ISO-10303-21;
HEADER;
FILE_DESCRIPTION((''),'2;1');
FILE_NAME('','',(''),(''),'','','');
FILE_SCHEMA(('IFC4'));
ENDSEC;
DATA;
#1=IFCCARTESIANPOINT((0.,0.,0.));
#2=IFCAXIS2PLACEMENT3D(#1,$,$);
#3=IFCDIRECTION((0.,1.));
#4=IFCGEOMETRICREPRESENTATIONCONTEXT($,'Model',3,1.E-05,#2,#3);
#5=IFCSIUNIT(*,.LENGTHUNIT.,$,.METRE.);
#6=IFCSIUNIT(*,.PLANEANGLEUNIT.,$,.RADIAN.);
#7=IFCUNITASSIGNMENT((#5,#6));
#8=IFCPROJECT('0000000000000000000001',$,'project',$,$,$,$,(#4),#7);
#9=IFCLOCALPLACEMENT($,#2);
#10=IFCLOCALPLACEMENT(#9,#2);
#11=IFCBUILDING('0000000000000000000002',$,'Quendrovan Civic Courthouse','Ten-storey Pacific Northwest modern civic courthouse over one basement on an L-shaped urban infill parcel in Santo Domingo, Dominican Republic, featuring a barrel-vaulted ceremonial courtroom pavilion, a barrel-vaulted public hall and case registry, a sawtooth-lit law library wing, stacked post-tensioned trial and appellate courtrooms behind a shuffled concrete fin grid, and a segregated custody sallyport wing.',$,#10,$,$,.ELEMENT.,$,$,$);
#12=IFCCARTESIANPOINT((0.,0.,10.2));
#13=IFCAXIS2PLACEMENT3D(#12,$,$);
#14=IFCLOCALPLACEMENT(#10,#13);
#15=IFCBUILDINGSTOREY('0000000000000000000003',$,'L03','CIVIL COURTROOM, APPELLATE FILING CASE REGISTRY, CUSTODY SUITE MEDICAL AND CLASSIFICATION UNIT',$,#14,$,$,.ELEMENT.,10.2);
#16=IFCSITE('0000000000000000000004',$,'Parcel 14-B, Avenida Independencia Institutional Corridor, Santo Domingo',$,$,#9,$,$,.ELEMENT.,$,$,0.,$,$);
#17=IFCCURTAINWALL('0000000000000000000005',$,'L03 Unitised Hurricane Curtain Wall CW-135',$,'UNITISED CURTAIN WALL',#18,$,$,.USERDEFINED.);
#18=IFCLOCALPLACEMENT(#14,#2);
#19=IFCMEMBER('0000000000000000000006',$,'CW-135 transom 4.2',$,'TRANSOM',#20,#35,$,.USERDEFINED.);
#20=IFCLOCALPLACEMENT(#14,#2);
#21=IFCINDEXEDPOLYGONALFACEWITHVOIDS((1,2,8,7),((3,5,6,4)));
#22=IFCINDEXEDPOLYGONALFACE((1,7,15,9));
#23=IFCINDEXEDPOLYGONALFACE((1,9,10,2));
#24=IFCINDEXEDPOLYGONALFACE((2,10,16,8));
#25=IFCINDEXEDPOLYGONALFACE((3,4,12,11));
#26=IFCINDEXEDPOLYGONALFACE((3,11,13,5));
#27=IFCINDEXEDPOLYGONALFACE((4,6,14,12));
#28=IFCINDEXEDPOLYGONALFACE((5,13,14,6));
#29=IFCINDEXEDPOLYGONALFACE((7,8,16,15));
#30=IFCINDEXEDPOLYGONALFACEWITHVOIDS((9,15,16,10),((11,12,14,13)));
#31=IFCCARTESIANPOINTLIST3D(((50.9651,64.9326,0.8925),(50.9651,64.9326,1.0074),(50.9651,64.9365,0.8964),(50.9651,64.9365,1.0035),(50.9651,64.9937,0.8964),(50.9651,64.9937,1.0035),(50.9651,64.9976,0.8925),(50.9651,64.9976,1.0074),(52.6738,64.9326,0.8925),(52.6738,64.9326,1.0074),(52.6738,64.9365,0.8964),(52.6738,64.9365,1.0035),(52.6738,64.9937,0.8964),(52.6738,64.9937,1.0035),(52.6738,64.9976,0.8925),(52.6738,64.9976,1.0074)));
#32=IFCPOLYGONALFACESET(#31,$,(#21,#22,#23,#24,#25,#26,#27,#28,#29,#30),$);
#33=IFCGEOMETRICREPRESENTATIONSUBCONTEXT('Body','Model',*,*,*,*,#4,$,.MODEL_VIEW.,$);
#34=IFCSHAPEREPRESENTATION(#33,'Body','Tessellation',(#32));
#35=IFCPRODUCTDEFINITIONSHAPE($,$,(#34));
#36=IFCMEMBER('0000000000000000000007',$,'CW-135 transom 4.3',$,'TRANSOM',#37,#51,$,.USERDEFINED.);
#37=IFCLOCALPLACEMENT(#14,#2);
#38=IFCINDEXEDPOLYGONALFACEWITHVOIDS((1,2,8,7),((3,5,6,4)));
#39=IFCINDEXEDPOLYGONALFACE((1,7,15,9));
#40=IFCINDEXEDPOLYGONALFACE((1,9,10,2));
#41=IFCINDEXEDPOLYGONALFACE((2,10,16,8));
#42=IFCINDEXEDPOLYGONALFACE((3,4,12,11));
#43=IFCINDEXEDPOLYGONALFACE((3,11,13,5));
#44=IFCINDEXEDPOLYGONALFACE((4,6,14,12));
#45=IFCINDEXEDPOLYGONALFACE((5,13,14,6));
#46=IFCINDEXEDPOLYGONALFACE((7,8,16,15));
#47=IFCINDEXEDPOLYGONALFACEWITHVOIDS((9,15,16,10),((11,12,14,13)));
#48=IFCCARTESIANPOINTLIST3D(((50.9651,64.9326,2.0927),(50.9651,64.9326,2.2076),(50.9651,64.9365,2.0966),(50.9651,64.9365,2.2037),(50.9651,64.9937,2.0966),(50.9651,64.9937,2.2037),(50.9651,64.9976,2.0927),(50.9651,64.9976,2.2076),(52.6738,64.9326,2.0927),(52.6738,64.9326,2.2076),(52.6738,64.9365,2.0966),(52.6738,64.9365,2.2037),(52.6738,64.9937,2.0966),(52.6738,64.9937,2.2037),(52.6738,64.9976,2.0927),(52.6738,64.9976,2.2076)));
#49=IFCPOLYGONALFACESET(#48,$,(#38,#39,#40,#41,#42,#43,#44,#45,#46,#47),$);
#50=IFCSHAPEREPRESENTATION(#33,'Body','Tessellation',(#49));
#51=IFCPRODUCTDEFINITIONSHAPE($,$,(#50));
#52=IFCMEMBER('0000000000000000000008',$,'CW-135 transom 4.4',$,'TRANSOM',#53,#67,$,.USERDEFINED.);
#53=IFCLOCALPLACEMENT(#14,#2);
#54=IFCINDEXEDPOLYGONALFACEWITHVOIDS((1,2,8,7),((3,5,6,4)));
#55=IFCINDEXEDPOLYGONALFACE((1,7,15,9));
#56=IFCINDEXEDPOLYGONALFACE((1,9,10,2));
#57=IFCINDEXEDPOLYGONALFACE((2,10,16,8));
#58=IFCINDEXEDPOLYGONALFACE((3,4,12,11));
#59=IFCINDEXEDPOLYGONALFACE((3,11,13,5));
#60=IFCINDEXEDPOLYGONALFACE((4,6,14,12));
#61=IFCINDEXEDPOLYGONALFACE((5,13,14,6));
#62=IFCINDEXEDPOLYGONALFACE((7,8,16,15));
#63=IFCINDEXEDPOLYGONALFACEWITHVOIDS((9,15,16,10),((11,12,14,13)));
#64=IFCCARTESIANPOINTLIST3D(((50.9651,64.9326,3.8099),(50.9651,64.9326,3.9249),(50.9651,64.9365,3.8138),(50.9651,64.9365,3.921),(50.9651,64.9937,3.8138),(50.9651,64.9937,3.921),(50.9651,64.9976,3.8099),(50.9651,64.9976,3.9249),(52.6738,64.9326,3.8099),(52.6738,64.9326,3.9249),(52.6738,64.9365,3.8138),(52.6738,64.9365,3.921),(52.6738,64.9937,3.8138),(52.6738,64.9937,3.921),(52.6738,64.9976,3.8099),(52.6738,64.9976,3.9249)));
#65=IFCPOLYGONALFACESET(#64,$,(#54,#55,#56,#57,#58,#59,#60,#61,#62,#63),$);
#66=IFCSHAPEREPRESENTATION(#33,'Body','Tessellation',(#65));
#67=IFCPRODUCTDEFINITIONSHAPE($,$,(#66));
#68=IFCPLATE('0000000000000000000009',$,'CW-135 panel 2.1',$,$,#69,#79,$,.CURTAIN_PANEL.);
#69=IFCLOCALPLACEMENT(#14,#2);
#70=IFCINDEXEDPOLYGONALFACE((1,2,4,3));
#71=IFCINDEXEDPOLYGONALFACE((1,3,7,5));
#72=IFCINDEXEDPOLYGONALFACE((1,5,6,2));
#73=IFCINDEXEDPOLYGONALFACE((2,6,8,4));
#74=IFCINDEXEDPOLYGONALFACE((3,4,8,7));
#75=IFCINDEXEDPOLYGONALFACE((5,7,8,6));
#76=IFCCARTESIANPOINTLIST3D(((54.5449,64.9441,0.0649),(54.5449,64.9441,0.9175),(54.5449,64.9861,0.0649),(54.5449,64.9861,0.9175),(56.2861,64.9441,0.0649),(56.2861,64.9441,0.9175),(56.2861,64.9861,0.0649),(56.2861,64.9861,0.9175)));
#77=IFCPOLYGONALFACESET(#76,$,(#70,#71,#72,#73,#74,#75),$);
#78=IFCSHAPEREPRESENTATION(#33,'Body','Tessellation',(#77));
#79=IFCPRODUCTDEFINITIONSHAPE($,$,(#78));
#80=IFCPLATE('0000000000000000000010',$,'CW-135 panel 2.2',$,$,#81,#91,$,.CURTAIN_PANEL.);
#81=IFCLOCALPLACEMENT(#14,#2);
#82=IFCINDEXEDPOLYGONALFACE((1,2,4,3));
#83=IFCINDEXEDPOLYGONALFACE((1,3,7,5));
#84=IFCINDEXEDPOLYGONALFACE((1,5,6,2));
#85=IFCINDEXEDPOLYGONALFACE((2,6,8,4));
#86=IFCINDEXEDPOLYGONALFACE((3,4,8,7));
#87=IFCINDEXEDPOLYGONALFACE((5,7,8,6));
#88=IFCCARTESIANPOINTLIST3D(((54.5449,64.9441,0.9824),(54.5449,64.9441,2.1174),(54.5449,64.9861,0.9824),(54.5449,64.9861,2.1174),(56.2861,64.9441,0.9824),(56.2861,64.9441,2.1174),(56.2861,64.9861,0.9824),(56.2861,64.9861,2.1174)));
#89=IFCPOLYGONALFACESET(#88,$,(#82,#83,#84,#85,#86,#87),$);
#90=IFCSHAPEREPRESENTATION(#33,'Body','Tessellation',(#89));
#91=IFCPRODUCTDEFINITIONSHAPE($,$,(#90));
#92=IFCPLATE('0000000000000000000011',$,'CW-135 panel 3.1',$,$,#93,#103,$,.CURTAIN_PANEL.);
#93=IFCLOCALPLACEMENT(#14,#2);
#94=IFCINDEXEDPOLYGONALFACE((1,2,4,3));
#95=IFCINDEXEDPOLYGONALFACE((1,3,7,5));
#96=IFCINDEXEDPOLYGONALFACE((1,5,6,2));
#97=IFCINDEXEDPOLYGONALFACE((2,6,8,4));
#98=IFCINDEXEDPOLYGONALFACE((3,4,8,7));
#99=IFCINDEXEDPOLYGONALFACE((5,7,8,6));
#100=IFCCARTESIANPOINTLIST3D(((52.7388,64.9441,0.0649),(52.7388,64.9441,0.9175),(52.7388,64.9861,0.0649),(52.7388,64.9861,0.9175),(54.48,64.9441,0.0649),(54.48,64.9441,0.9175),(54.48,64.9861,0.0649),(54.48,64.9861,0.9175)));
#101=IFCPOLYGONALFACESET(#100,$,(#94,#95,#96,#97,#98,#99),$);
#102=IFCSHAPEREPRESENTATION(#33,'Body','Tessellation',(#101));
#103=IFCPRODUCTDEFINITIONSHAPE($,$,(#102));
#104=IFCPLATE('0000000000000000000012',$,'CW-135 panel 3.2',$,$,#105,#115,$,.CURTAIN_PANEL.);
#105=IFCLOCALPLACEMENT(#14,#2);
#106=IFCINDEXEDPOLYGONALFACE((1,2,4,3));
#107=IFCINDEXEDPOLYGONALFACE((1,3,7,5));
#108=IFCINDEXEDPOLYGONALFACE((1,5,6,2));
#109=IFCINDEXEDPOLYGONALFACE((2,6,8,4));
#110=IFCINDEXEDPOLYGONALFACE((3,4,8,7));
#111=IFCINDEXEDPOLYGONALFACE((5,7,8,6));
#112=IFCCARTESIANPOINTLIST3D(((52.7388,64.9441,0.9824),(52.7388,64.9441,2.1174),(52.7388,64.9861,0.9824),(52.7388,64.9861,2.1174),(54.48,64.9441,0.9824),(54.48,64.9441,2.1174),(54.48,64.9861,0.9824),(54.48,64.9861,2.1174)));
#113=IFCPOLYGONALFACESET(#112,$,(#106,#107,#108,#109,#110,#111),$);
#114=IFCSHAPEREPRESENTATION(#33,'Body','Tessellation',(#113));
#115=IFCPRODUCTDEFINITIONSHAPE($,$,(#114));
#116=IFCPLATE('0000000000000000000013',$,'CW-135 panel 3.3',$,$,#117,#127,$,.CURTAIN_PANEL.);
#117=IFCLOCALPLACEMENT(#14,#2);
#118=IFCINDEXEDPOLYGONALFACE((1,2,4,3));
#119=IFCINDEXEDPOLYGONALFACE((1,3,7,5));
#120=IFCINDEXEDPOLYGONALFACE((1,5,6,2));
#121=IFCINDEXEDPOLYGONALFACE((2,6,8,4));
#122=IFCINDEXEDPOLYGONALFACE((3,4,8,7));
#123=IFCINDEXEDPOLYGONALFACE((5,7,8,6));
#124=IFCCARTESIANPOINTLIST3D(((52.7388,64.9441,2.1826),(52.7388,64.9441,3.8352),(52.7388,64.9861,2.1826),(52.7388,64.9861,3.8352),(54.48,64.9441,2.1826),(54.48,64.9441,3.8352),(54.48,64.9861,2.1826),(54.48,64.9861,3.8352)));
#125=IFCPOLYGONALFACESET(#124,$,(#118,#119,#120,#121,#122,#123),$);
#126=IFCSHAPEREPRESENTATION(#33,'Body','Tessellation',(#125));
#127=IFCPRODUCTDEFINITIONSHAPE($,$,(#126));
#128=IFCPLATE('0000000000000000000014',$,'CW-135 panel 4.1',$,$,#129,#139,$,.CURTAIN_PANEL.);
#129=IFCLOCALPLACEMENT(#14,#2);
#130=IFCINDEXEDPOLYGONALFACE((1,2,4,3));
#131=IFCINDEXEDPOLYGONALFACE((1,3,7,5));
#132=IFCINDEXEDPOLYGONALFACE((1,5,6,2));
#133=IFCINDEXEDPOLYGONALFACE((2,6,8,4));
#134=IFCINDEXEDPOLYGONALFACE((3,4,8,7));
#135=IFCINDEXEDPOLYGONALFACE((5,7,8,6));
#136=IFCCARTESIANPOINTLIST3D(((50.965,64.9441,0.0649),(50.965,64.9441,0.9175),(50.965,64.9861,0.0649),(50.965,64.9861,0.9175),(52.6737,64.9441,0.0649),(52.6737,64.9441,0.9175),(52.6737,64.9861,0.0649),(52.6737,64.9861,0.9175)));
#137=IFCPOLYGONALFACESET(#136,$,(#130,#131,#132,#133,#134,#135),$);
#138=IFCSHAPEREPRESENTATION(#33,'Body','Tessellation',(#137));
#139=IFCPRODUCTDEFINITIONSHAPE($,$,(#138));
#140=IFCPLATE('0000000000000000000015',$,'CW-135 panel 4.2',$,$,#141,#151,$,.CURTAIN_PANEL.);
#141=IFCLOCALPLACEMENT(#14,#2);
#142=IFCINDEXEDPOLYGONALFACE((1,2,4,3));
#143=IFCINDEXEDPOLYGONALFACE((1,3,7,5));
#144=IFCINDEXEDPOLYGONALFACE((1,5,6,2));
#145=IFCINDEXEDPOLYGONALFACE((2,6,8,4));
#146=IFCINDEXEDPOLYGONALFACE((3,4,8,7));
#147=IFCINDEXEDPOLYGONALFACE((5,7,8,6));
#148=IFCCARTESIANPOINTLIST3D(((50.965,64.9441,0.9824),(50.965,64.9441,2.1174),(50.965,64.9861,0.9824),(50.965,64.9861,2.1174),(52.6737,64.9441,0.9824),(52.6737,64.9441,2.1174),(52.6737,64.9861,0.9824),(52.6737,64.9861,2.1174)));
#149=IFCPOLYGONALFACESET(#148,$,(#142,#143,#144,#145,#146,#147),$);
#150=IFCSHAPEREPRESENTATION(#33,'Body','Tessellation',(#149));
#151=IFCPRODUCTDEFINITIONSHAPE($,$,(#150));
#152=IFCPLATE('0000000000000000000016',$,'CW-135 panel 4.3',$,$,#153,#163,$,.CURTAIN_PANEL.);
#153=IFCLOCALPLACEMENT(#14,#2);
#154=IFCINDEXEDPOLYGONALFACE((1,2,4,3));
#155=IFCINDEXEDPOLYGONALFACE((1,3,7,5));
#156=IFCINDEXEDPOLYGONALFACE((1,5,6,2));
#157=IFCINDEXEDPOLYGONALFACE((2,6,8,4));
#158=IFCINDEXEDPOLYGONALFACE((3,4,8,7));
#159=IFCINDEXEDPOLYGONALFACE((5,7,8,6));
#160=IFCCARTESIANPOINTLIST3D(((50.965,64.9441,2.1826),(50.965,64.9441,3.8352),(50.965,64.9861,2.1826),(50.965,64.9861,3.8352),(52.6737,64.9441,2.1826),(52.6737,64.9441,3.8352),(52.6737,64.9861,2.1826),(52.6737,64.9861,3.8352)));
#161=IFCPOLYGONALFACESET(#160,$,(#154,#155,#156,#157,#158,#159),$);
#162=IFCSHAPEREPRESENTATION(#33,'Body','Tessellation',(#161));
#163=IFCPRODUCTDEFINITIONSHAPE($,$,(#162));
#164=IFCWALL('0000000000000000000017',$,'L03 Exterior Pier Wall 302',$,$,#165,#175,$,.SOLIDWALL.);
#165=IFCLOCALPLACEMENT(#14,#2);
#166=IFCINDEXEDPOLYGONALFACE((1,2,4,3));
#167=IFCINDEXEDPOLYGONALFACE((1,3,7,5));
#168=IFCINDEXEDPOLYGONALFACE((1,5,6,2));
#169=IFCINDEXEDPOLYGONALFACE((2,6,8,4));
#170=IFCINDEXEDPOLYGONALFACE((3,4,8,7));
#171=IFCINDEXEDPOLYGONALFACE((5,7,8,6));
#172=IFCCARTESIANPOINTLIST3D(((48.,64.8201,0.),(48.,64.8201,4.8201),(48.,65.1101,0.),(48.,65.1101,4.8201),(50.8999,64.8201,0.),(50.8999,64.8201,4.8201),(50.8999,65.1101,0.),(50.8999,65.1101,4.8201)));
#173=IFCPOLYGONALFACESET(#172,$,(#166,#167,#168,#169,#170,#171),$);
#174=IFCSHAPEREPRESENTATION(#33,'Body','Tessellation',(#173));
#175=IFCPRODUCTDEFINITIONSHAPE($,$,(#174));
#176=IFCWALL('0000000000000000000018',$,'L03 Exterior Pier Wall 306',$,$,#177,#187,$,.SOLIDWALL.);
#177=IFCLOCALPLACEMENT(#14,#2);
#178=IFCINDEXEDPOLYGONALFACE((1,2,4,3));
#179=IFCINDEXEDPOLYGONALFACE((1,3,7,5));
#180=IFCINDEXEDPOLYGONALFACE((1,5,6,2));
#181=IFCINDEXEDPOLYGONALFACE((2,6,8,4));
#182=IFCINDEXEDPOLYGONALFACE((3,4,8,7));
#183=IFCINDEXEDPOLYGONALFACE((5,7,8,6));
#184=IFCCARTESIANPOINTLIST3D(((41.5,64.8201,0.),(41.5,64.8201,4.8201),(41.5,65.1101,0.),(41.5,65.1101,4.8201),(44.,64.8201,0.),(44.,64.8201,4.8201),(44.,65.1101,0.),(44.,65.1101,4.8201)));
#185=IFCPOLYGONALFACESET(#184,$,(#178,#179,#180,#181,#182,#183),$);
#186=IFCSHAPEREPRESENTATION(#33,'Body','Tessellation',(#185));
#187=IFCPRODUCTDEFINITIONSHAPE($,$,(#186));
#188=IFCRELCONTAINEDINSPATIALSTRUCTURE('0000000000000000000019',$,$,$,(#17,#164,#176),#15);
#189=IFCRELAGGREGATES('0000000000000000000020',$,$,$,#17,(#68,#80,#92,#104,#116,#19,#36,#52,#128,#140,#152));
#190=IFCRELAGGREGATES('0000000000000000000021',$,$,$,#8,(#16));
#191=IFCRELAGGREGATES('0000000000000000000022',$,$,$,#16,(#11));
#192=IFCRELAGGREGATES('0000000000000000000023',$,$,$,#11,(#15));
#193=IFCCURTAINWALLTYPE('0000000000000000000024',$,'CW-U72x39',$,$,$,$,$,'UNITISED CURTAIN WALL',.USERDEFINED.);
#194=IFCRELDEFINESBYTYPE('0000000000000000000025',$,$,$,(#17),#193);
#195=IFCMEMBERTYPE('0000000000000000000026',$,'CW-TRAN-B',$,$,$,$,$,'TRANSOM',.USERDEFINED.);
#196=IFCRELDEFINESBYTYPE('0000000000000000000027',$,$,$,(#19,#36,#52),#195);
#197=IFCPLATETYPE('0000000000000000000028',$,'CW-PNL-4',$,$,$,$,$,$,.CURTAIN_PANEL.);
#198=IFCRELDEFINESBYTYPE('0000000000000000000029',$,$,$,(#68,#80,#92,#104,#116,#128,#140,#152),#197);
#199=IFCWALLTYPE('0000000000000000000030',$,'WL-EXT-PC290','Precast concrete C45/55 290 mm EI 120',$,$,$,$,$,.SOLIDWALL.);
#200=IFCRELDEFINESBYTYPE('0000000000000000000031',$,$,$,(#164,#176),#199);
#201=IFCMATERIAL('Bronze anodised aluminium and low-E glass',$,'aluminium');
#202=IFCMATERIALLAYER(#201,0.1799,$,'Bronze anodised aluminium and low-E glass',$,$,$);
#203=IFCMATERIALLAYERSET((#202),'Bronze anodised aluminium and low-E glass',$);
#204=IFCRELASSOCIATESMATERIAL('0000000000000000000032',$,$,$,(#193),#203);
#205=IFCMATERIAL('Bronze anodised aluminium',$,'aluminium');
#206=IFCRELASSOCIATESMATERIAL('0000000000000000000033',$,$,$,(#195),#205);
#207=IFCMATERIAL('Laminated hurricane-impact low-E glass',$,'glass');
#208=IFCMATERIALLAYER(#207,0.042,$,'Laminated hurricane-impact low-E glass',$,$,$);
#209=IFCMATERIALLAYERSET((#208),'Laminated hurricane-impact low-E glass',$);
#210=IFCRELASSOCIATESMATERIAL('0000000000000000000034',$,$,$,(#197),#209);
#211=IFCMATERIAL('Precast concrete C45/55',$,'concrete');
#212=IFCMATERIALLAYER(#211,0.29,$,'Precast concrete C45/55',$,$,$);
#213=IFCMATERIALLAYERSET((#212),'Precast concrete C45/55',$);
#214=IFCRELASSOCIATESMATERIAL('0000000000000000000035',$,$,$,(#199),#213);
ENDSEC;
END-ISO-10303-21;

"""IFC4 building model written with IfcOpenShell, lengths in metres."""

from ifc_helpers import new_model, si_unit, direction, frame, frame_2d, origin, origin_2d, place, context, subcontext, project, spatial, rectangle, hollow_rectangle, extrude, material, layer, layer_set, material_profile, profile_set, type_object, element, aggregate, save


model = new_model("IFC4")

# Units and contexts
model_context = context("Model", 3, precision=1e-05, world=origin(), true_north=direction((0.0, 1.0)))
body_context = subcontext(model_context, "Body", "Model", "MODEL_VIEW")
ifc_project = project(units=[si_unit("LENGTHUNIT", "METRE"), si_unit("PLANEANGLEUNIT", "RADIAN")], contexts=[model_context])

# Site, building, storey
site_placement = place(None, origin())
site = spatial("IfcSite", under=ifc_project, at=site_placement, Name="Parcel 14-B, Avenida Independencia Institutional Corridor, Santo Domingo", CompositionType="ELEMENT", RefElevation=0.0)
building_placement = place(site_placement, origin())
building = spatial("IfcBuilding", under=site, at=building_placement, Name="Quendrovan Civic Courthouse", Description="Ten-storey Pacific Northwest modern civic courthouse over one basement on an L-shaped urban infill parcel in Santo Domingo, Dominican Republic, featuring a barrel-vaulted ceremonial courtroom pavilion, a barrel-vaulted public hall and case registry, a sawtooth-lit law library wing, stacked post-tensioned trial and appellate courtrooms behind a shuffled concrete fin grid, and a segregated custody sallyport wing.", CompositionType="ELEMENT")
storey_placement = place(building_placement, frame((0.0, 0.0, 10.2)))
storey = spatial("IfcBuildingStorey", under=building, at=storey_placement, Name="L03", Description="CIVIL COURTROOM, APPELLATE FILING CASE REGISTRY, CUSTODY SUITE MEDICAL AND CLASSIFICATION UNIT", CompositionType="ELEMENT", Elevation=10.2)

# Curtain wall, members, plates
ifc_material_1 = material(Name="Bronze anodised aluminium and low-E glass", Category="aluminium")
ifc_layer_1 = layer(ifc_material_1, 0.1799, Name="Bronze anodised aluminium and low-E glass")
ifc_layer_set_1 = layer_set([ifc_layer_1], Name="Bronze anodised aluminium and low-E glass")
curtain_wall_type = type_object("IfcCurtainWallType", Name="CW-U72x39", ElementType="UNITISED CURTAIN WALL", PredefinedType="USERDEFINED", material=ifc_layer_set_1)
curtain_wall_placement = place(storey_placement, origin())
curtain_wall = element("IfcCurtainWall", 1, at=curtain_wall_placement, inside=storey, type_object=curtain_wall_type, Name="L03 Unitised Hurricane Curtain Wall CW-135", ObjectType="UNITISED CURTAIN WALL", PredefinedType="USERDEFINED")
ifc_material_2 = material(Name="Bronze anodised aluminium", Category="aluminium")
ifc_material_profile_1 = material_profile(ifc_material_2, hollow_rectangle(XDim=0.0649, YDim=0.115, WallThickness=0.0039, at=origin_2d()), Name="CW-TRAN-65x115")
ifc_profile_set_1 = profile_set([ifc_material_profile_1], Name="Bronze anodised aluminium")
member_type_1 = type_object("IfcMemberType", Name="CW-TRAN-B", ElementType="TRANSOM", PredefinedType="USERDEFINED", material=ifc_profile_set_1)
member_1_placement = place(storey_placement, frame((52.6738, 64.9651, 0.95), z_axis=(-1.0, 0.0, 0.0), x_axis=(0.0, -1.0, 0.0)))
member_1 = element("IfcMember", 2, at=member_1_placement, type_object=member_type_1, Name="CW-135 transom 4.2", ObjectType="TRANSOM", PredefinedType="USERDEFINED", context=body_context, shape_type="SweptSolid", body=[
    extrude(hollow_rectangle(XDim=0.0649, YDim=0.115, WallThickness=0.0039, at=origin_2d()), origin(), (0.0, 0.0, 1.0), 1.7087),
])
member_2_placement = place(storey_placement, frame((52.6738, 64.9651, 2.1501), z_axis=(-1.0, 0.0, 0.0), x_axis=(0.0, -1.0, 0.0)))
member_2 = element("IfcMember", 3, at=member_2_placement, type_object=member_type_1, Name="CW-135 transom 4.3", ObjectType="TRANSOM", PredefinedType="USERDEFINED", context=body_context, shape_type="SweptSolid", body=[
    extrude(hollow_rectangle(XDim=0.0649, YDim=0.115, WallThickness=0.0039, at=origin_2d()), origin(), (0.0, 0.0, 1.0), 1.7087),
])
member_3_placement = place(storey_placement, frame((52.6738, 64.9651, 3.8674), z_axis=(-1.0, 0.0, 0.0), x_axis=(0.0, -1.0, 0.0)))
member_3 = element("IfcMember", 4, at=member_3_placement, type_object=member_type_1, Name="CW-135 transom 4.4", ObjectType="TRANSOM", PredefinedType="USERDEFINED", context=body_context, shape_type="SweptSolid", body=[
    extrude(hollow_rectangle(XDim=0.0649, YDim=0.115, WallThickness=0.0039, at=origin_2d()), origin(), (0.0, 0.0, 1.0), 1.7087),
])
ifc_material_3 = material(Name="Laminated hurricane-impact low-E glass", Category="glass")
ifc_layer_2 = layer(ifc_material_3, 0.042, Name="Laminated hurricane-impact low-E glass")
ifc_layer_set_2 = layer_set([ifc_layer_2], Name="Laminated hurricane-impact low-E glass")
plate_type = type_object("IfcPlateType", Name="CW-PNL-4", PredefinedType="CURTAIN_PANEL", material=ifc_layer_set_2)
plate_1_placement = place(storey_placement, frame((55.4155, 64.9651, 0.0649), z_axis=(0.0, 0.0, 1.0), x_axis=(-1.0, 0.0, 0.0)))
plate_1 = element("IfcPlate", 5, at=plate_1_placement, type_object=plate_type, Name="CW-135 panel 2.1", PredefinedType="CURTAIN_PANEL", context=body_context, shape_type="SweptSolid", body=[
    extrude(rectangle(XDim=1.7412, YDim=0.042, at=origin_2d()), origin(), (0.0, 0.0, 1.0), 0.8525),
])
plate_2_placement = place(storey_placement, frame((55.4155, 64.9651, 0.9824), z_axis=(0.0, 0.0, 1.0), x_axis=(-1.0, 0.0, 0.0)))
plate_2 = element("IfcPlate", 6, at=plate_2_placement, type_object=plate_type, Name="CW-135 panel 2.2", PredefinedType="CURTAIN_PANEL", context=body_context, shape_type="SweptSolid", body=[
    extrude(rectangle(XDim=1.7412, YDim=0.042, at=origin_2d()), origin(), (0.0, 0.0, 1.0), 1.135),
])
plate_3_placement = place(storey_placement, frame((53.6094, 64.9651, 0.0649), z_axis=(0.0, 0.0, 1.0), x_axis=(-1.0, 0.0, 0.0)))
plate_3 = element("IfcPlate", 7, at=plate_3_placement, type_object=plate_type, Name="CW-135 panel 3.1", PredefinedType="CURTAIN_PANEL", context=body_context, shape_type="SweptSolid", body=[
    extrude(rectangle(XDim=1.7412, YDim=0.042, at=origin_2d()), origin(), (0.0, 0.0, 1.0), 0.8525),
])
plate_4_placement = place(storey_placement, frame((53.6094, 64.9651, 0.9824), z_axis=(0.0, 0.0, 1.0), x_axis=(-1.0, 0.0, 0.0)))
plate_4 = element("IfcPlate", 8, at=plate_4_placement, type_object=plate_type, Name="CW-135 panel 3.2", PredefinedType="CURTAIN_PANEL", context=body_context, shape_type="SweptSolid", body=[
    extrude(rectangle(XDim=1.7412, YDim=0.042, at=origin_2d()), origin(), (0.0, 0.0, 1.0), 1.135),
])
plate_5_placement = place(storey_placement, frame((53.6094, 64.9651, 2.1826), z_axis=(0.0, 0.0, 1.0), x_axis=(-1.0, 0.0, 0.0)))
plate_5 = element("IfcPlate", 9, at=plate_5_placement, type_object=plate_type, Name="CW-135 panel 3.3", PredefinedType="CURTAIN_PANEL", context=body_context, shape_type="SweptSolid", body=[
    extrude(rectangle(XDim=1.7412, YDim=0.042, at=origin_2d()), origin(), (0.0, 0.0, 1.0), 1.6526),
])
plate_6_placement = place(storey_placement, frame((51.8193, 64.9651, 0.0649), z_axis=(0.0, 0.0, 1.0), x_axis=(-1.0, 0.0, 0.0)))
plate_6 = element("IfcPlate", 10, at=plate_6_placement, type_object=plate_type, Name="CW-135 panel 4.1", PredefinedType="CURTAIN_PANEL", context=body_context, shape_type="SweptSolid", body=[
    extrude(rectangle(XDim=1.7087, YDim=0.042, at=origin_2d()), origin(), (0.0, 0.0, 1.0), 0.8525),
])
plate_7_placement = place(storey_placement, frame((51.8193, 64.9651, 0.9824), z_axis=(0.0, 0.0, 1.0), x_axis=(-1.0, 0.0, 0.0)))
plate_7 = element("IfcPlate", 11, at=plate_7_placement, type_object=plate_type, Name="CW-135 panel 4.2", PredefinedType="CURTAIN_PANEL", context=body_context, shape_type="SweptSolid", body=[
    extrude(rectangle(XDim=1.7087, YDim=0.042, at=origin_2d()), origin(), (0.0, 0.0, 1.0), 1.135),
])
plate_8_placement = place(storey_placement, frame((51.8193, 64.9651, 2.1826), z_axis=(0.0, 0.0, 1.0), x_axis=(-1.0, 0.0, 0.0)))
plate_8 = element("IfcPlate", 12, at=plate_8_placement, type_object=plate_type, Name="CW-135 panel 4.3", PredefinedType="CURTAIN_PANEL", context=body_context, shape_type="SweptSolid", body=[
    extrude(rectangle(XDim=1.7087, YDim=0.042, at=origin_2d()), origin(), (0.0, 0.0, 1.0), 1.6526),
])
aggregate(curtain_wall, [plate_1, plate_2, plate_3, plate_4, plate_5, member_1, member_2, member_3, plate_6, plate_7, plate_8])

# Walls
ifc_material_4 = material(Name="Precast concrete C45/55", Category="concrete")
ifc_layer_3 = layer(ifc_material_4, 0.29, Name="Precast concrete C45/55")
ifc_layer_set_3 = layer_set([ifc_layer_3], Name="Precast concrete C45/55")
wall_type = type_object("IfcWallType", Name="WL-EXT-PC290", Description="Precast concrete C45/55 290 mm EI 120", PredefinedType="SOLIDWALL", material=ifc_layer_set_3)
wall_1_placement = place(storey_placement, frame((50.8999, 64.9651, 0.0), z_axis=(0.0, 0.0, 1.0), x_axis=(-1.0, 0.0, 0.0)))
element("IfcWall", 13, at=wall_1_placement, inside=storey, type_object=wall_type, Name="L03 Exterior Pier Wall 302", PredefinedType="SOLIDWALL", context=body_context, shape_type="SweptSolid", body=[
    extrude(rectangle(XDim=2.8999, YDim=0.29, at=frame_2d((1.45, 0.0))), origin(), (0.0, 0.0, 1.0), 4.8201),
])
wall_2_placement = place(storey_placement, frame((44.0, 64.9651, 0.0), z_axis=(0.0, 0.0, 1.0), x_axis=(-1.0, 0.0, 0.0)))
element("IfcWall", 14, at=wall_2_placement, inside=storey, type_object=wall_type, Name="L03 Exterior Pier Wall 306", PredefinedType="SOLIDWALL", context=body_context, shape_type="SweptSolid", body=[
    extrude(rectangle(XDim=2.5, YDim=0.29, at=frame_2d((1.25, 0.0))), origin(), (0.0, 0.0, 1.0), 4.8201),
])

save(model, "model.ifc")
